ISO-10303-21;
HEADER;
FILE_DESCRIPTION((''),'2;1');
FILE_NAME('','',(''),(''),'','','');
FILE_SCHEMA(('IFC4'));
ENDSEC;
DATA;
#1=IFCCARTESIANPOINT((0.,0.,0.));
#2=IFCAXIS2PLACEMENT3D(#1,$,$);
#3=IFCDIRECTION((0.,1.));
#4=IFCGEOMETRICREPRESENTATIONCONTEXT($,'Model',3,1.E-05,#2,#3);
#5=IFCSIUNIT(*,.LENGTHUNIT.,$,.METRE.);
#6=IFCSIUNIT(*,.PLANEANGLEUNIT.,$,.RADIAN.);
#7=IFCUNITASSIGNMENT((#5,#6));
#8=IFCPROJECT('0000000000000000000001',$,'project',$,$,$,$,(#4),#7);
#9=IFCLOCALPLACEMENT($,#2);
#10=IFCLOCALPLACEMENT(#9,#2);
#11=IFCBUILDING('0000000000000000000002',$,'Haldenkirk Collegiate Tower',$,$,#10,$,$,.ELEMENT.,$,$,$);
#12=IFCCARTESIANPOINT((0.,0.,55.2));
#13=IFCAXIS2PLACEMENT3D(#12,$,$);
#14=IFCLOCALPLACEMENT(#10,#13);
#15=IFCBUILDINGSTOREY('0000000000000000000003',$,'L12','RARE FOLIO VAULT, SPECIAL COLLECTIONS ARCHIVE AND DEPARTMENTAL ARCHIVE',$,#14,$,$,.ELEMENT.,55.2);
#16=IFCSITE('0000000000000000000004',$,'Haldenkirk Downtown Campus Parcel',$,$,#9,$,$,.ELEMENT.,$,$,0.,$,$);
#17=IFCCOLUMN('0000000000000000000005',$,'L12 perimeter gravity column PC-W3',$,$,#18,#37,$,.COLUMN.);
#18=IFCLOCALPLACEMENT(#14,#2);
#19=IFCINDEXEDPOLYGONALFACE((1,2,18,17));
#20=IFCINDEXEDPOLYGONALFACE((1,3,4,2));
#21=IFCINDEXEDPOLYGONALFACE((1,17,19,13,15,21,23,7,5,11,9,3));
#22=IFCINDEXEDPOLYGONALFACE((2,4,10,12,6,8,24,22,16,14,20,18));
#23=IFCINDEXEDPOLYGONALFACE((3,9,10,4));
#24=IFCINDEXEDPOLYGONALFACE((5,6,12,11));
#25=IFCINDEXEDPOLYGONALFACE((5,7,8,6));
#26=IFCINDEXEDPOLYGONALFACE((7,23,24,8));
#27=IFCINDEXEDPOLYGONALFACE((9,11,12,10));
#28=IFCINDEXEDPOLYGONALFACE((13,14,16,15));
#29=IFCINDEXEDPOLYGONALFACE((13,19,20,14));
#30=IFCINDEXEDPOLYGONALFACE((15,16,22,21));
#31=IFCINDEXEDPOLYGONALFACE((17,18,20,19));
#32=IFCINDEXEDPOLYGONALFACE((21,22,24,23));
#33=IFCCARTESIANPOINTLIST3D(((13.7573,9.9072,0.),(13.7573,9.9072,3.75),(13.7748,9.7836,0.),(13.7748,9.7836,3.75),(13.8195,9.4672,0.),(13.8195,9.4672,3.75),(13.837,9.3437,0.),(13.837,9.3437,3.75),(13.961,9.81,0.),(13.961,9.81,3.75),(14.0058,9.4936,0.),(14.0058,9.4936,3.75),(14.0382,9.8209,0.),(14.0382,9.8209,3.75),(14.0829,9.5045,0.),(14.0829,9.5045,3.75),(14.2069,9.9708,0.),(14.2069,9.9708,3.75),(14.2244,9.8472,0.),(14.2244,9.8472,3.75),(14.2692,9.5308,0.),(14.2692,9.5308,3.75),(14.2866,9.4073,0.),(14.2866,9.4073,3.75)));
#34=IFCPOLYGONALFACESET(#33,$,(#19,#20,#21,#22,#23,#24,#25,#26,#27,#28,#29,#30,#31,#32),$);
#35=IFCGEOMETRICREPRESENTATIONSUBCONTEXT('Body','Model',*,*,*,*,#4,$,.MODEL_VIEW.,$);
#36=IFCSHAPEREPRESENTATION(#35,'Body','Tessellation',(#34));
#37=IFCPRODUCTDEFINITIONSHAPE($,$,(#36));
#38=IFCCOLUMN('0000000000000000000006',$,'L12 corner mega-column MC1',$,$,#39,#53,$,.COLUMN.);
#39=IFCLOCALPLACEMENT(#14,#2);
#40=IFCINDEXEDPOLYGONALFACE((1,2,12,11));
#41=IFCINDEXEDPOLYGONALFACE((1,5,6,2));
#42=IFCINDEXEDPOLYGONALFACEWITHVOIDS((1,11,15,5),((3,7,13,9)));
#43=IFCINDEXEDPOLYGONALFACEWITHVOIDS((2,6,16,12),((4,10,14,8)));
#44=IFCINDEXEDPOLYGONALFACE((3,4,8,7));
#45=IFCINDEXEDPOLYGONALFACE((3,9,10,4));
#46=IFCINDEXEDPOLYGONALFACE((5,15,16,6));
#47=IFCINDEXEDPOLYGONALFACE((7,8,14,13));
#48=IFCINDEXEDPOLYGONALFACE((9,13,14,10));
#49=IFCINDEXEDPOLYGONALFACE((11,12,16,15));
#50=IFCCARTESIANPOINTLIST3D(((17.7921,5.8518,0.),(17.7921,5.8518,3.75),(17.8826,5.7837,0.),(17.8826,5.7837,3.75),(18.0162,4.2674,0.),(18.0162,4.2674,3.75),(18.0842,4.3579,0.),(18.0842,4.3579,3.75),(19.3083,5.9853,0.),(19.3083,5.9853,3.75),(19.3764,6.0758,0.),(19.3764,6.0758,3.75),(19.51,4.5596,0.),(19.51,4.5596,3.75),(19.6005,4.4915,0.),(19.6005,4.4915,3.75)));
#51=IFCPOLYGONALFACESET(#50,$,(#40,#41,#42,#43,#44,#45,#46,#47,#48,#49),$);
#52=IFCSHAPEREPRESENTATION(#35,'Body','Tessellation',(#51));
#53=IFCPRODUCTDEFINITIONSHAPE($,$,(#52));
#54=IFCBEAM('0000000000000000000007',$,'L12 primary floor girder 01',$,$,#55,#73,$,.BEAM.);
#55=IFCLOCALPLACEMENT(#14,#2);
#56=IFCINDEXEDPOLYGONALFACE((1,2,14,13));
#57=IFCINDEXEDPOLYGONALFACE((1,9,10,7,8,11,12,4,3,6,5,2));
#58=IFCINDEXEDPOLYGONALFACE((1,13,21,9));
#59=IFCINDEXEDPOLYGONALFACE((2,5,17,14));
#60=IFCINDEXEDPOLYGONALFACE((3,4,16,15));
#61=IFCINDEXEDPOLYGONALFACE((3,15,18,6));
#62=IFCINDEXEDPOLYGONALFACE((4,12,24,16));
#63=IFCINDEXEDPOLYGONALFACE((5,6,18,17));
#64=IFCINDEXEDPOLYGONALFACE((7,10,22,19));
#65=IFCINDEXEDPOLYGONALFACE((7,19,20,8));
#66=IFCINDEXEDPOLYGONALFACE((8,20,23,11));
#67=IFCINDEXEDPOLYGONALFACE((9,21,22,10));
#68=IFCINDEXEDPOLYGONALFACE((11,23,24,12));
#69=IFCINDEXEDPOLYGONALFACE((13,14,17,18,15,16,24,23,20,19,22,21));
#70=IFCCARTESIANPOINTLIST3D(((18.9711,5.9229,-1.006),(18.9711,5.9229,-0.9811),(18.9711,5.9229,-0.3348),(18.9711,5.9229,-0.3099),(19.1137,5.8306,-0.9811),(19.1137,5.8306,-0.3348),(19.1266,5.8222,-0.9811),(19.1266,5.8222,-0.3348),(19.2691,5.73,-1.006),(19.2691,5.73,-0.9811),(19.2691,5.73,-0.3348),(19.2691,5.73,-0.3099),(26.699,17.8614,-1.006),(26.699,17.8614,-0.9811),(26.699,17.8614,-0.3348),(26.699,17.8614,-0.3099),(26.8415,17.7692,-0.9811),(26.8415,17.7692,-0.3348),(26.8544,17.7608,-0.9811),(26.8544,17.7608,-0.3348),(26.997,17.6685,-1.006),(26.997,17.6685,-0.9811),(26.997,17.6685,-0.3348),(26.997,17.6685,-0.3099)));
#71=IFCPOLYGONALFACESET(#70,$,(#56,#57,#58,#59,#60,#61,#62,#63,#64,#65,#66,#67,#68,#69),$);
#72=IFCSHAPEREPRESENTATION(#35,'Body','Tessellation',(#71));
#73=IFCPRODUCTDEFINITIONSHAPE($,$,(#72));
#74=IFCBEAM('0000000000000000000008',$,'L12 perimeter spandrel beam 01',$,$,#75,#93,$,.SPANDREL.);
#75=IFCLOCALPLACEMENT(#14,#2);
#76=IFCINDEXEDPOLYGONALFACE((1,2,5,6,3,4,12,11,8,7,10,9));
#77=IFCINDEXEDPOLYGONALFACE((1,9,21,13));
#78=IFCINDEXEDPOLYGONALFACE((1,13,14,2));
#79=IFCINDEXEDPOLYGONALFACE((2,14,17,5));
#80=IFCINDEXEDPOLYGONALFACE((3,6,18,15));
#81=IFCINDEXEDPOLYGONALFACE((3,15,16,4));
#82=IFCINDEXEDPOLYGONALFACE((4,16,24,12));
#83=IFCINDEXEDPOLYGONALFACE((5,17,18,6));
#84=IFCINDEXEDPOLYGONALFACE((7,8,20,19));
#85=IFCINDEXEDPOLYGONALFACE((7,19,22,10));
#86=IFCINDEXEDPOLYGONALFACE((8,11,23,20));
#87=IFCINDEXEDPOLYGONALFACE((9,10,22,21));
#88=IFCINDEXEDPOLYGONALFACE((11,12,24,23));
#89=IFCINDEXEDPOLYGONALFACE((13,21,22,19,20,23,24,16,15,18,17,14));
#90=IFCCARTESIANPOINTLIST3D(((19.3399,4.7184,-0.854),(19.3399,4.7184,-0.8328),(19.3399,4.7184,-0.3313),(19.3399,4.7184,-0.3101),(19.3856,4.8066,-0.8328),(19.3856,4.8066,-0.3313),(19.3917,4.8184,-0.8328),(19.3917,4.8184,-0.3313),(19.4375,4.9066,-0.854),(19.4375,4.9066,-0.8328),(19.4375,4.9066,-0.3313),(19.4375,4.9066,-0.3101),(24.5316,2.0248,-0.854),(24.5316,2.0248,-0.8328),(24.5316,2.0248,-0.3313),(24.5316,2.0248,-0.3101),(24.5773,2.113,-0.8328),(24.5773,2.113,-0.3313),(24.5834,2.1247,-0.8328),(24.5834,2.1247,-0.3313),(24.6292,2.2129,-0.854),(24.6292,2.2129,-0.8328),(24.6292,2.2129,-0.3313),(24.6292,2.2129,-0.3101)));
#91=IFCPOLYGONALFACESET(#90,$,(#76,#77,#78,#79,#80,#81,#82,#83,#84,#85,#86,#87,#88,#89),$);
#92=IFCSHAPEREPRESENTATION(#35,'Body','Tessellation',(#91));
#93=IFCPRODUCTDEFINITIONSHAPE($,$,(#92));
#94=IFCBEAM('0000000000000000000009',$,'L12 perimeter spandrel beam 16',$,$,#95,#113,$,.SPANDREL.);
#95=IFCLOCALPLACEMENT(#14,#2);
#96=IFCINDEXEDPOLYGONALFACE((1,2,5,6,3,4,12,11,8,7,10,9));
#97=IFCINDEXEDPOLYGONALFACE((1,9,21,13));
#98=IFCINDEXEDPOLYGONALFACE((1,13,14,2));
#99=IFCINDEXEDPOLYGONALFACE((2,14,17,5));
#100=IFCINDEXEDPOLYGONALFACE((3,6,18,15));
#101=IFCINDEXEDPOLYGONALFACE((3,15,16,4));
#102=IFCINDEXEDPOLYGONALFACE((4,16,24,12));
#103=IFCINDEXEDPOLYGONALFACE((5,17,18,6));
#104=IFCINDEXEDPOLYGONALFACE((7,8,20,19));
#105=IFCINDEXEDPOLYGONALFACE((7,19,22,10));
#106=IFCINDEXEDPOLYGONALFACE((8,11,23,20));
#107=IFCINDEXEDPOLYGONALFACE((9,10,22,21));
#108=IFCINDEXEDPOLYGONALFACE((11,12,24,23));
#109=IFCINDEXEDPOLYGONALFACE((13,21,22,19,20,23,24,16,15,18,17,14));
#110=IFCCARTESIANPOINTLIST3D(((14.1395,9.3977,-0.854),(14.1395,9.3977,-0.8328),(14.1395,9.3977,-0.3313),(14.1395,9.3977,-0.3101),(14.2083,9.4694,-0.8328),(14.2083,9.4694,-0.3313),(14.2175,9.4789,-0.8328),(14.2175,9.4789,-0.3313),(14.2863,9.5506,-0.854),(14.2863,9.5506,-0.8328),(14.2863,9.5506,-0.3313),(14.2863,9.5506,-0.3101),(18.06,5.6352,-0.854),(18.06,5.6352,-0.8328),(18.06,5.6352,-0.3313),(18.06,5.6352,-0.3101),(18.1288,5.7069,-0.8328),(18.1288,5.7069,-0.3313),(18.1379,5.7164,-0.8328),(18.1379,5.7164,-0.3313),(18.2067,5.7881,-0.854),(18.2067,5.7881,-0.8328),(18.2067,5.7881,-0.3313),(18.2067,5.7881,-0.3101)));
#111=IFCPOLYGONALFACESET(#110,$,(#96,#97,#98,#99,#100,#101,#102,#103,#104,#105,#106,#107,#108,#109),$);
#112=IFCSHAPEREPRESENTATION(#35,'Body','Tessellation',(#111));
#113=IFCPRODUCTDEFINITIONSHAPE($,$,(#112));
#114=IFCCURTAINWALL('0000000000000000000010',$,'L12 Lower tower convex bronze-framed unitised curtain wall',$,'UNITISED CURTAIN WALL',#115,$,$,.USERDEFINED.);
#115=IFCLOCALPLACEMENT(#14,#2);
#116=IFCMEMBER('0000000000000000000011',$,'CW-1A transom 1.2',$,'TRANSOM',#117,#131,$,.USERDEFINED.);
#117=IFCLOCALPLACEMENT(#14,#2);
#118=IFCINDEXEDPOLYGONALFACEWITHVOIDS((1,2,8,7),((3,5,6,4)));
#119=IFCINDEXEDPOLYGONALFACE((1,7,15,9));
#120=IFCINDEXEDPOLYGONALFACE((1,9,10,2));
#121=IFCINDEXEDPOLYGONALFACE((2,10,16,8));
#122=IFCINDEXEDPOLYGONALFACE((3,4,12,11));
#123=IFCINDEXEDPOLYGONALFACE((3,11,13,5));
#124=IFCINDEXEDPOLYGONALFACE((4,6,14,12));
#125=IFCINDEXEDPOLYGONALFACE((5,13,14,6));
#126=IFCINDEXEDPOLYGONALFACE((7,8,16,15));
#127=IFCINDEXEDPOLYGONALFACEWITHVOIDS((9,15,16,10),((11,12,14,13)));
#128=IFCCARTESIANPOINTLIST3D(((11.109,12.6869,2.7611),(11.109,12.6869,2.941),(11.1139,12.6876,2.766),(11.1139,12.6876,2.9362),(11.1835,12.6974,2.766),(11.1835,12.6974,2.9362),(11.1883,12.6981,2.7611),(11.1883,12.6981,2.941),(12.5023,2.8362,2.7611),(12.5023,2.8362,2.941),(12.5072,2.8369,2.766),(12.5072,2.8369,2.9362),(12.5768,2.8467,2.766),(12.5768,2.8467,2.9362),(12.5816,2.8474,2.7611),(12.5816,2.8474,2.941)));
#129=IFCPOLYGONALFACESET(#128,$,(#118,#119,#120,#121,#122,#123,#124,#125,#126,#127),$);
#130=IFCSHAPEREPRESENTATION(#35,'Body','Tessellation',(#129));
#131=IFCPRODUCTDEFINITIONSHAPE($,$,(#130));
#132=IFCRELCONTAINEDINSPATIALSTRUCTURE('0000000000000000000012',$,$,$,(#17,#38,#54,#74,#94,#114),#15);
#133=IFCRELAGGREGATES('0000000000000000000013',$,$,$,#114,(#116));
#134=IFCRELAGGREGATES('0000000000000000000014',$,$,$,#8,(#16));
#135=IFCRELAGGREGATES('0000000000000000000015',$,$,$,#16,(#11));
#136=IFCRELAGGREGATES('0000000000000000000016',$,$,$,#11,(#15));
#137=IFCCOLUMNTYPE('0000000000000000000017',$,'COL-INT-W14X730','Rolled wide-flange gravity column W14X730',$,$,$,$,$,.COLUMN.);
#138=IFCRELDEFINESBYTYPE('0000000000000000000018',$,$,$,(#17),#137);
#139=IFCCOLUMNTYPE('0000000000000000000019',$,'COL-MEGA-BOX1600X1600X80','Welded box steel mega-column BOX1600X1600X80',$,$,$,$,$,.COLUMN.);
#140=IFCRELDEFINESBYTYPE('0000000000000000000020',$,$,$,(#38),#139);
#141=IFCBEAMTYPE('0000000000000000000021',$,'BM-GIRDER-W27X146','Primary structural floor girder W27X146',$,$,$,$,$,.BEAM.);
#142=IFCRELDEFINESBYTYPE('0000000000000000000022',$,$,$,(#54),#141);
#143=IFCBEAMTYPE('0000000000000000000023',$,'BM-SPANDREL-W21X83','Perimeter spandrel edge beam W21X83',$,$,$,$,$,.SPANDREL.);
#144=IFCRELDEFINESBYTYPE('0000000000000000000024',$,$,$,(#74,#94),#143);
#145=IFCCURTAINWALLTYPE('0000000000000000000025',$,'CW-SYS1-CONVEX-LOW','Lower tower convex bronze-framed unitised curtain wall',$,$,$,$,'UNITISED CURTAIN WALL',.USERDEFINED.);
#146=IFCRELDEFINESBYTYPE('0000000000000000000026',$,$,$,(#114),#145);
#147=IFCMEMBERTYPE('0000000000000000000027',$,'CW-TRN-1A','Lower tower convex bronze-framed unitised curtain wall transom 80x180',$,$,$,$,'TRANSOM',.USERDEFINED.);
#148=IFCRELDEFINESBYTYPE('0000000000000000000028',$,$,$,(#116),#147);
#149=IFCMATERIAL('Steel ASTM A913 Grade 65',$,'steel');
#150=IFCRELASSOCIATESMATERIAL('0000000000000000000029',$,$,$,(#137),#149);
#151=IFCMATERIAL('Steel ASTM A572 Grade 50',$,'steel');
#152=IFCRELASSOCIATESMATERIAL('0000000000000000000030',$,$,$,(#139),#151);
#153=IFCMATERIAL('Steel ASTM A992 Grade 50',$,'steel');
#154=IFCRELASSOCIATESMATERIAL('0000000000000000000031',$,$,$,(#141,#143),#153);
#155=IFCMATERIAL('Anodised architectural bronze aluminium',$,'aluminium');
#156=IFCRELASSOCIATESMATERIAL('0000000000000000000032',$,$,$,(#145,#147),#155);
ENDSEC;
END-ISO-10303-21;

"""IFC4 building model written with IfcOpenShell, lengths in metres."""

from ifc_helpers import new_model, si_unit, direction, frame, origin, origin_2d, place, context, subcontext, project, spatial, hollow_rectangle, i_section, extrude, material, material_profile, profile_set, type_object, element, aggregate, save


model = new_model("IFC4")

# Units and contexts
model_context = context("Model", 3, precision=1e-05, world=origin(), true_north=direction((0.0, 1.0)))
body_context = subcontext(model_context, "Body", "Model", "MODEL_VIEW")
ifc_project = project(units=[si_unit("LENGTHUNIT", "METRE"), si_unit("PLANEANGLEUNIT", "RADIAN")], contexts=[model_context])

# Site, building, storey
site_placement = place(None, origin())
site = spatial("IfcSite", under=ifc_project, at=site_placement, Name="Haldenkirk Downtown Campus Parcel", CompositionType="ELEMENT", RefElevation=0.0)
building_placement = place(site_placement, origin())
building = spatial("IfcBuilding", under=site, at=building_placement, Name="Haldenkirk Collegiate Tower", CompositionType="ELEMENT")
storey_placement = place(building_placement, frame((0.0, 0.0, 55.2)))
storey = spatial("IfcBuildingStorey", under=building, at=storey_placement, Name="L12", Description="RARE FOLIO VAULT, SPECIAL COLLECTIONS ARCHIVE AND DEPARTMENTAL ARCHIVE", CompositionType="ELEMENT", Elevation=55.2)

# Columns
ifc_material_1 = material(Name="Steel ASTM A913 Grade 65", Category="steel")
ifc_material_profile_1 = material_profile(ifc_material_1, i_section(OverallWidth=0.4541, OverallDepth=0.5691, WebThickness=0.0779, FlangeThickness=0.1248, at=origin_2d()), Name="W14X730")
ifc_profile_set_1 = profile_set([ifc_material_profile_1], Name="Steel ASTM A913 Grade 65")
column_type_1 = type_object("IfcColumnType", Name="COL-INT-W14X730", Description="Rolled wide-flange gravity column W14X730", PredefinedType="COLUMN", material=ifc_profile_set_1)
column_1_placement = place(storey_placement, frame((14.022, 9.6572, 0.0), z_axis=(0.0, 0.0, 1.0), x_axis=(0.990146, 0.140037, 0.0)))
element("IfcColumn", 1, at=column_1_placement, inside=storey, type_object=column_type_1, Name="L12 perimeter gravity column PC-W3", PredefinedType="COLUMN", context=body_context, shape_type="SweptSolid", body=[
    extrude(i_section(OverallWidth=0.4541, OverallDepth=0.5691, WebThickness=0.0779, FlangeThickness=0.1248, at=origin_2d()), origin(), (0.0, 0.0, 1.0), 3.75),
])
ifc_material_2 = material(Name="Steel ASTM A572 Grade 50", Category="steel")
ifc_material_profile_2 = material_profile(ifc_material_2, hollow_rectangle(XDim=1.6001, YDim=1.6001, WallThickness=0.0801, at=origin_2d()), Name="BOX1600X1600X80")
ifc_profile_set_2 = profile_set([ifc_material_profile_2], Name="Steel ASTM A572 Grade 50")
column_type_2 = type_object("IfcColumnType", Name="COL-MEGA-BOX1600X1600X80", Description="Welded box steel mega-column BOX1600X1600X80", PredefinedType="COLUMN", material=ifc_profile_set_2)
column_2_placement = place(storey_placement, frame((18.6963, 5.1716, 0.0), z_axis=(0.0, 0.0, 1.0), x_axis=(0.990146, 0.140037, 0.0)))
element("IfcColumn", 2, at=column_2_placement, inside=storey, type_object=column_type_2, Name="L12 corner mega-column MC1", PredefinedType="COLUMN", context=body_context, shape_type="SweptSolid", body=[
    extrude(hollow_rectangle(XDim=1.6001, YDim=1.6001, WallThickness=0.0801, at=origin_2d()), origin(), (0.0, 0.0, 1.0), 3.75),
])

# Beams
ifc_material_3 = material(Name="Steel ASTM A992 Grade 50", Category="steel")
ifc_material_profile_3 = material_profile(ifc_material_3, i_section(OverallWidth=0.355, OverallDepth=0.696, WebThickness=0.0154, FlangeThickness=0.0249, at=origin_2d()), Name="W27X146")
ifc_profile_set_3 = profile_set([ifc_material_profile_3], Name="Steel ASTM A992 Grade 50")
beam_type_1 = type_object("IfcBeamType", Name="BM-GIRDER-W27X146", Description="Primary structural floor girder W27X146", PredefinedType="BEAM", material=ifc_profile_set_3)
beam_1_placement = place(storey_placement, frame((19.1201, 5.8264, -0.658), z_axis=(0.543394, 0.839478, 0.0), x_axis=(-0.839478, 0.543394, 0.0)))
element("IfcBeam", 3, at=beam_1_placement, inside=storey, type_object=beam_type_1, Name="L12 primary floor girder 01", PredefinedType="BEAM", context=body_context, shape_type="SweptSolid", body=[
    extrude(i_section(OverallWidth=0.355, OverallDepth=0.696, WebThickness=0.0154, FlangeThickness=0.0249, at=origin_2d()), origin(), (0.0, 0.0, 1.0), 14.2214),
])
ifc_material_profile_4 = material_profile(ifc_material_3, i_section(OverallWidth=0.2119, OverallDepth=0.5439, WebThickness=0.0132, FlangeThickness=0.0212, at=origin_2d()), Name="W21X83")
ifc_profile_set_4 = profile_set([ifc_material_profile_4], Name="Steel ASTM A992 Grade 50")
beam_type_2 = type_object("IfcBeamType", Name="BM-SPANDREL-W21X83", Description="Perimeter spandrel edge beam W21X83", PredefinedType="SPANDREL", material=ifc_profile_set_4)
beam_2_placement = place(storey_placement, frame((19.3887, 4.8125, -0.582), z_axis=(0.88764, -0.460538, 0.0), x_axis=(0.460538, 0.88764, 0.0)))
element("IfcBeam", 4, at=beam_2_placement, inside=storey, type_object=beam_type_2, Name="L12 perimeter spandrel beam 01", PredefinedType="SPANDREL", context=body_context, shape_type="SweptSolid", body=[
    extrude(i_section(OverallWidth=0.2119, OverallDepth=0.5439, WebThickness=0.0132, FlangeThickness=0.0212, at=origin_2d()), origin(), (0.0, 0.0, 1.0), 5.8489),
])
beam_3_placement = place(storey_placement, frame((14.2129, 9.4741, -0.582), z_axis=(0.721492, -0.692422, 0.0), x_axis=(0.692422, 0.721492, 0.0)))
element("IfcBeam", 5, at=beam_3_placement, inside=storey, type_object=beam_type_2, Name="L12 perimeter spandrel beam 16", PredefinedType="SPANDREL", context=body_context, shape_type="SweptSolid", body=[
    extrude(i_section(OverallWidth=0.2119, OverallDepth=0.5439, WebThickness=0.0132, FlangeThickness=0.0212, at=origin_2d()), origin(), (0.0, 0.0, 1.0), 5.4338),
])

# Curtain wall, member
ifc_material_4 = material(Name="Anodised architectural bronze aluminium", Category="aluminium")
curtain_wall_type = type_object("IfcCurtainWallType", Name="CW-SYS1-CONVEX-LOW", Description="Lower tower convex bronze-framed unitised curtain wall", ElementType="UNITISED CURTAIN WALL", PredefinedType="USERDEFINED", material=ifc_material_4)
curtain_wall_placement = place(storey_placement, origin())
curtain_wall = element("IfcCurtainWall", 6, at=curtain_wall_placement, inside=storey, type_object=curtain_wall_type, Name="L12 Lower tower convex bronze-framed unitised curtain wall", ObjectType="UNITISED CURTAIN WALL", PredefinedType="USERDEFINED")
ifc_material_profile_5 = material_profile(ifc_material_4, hollow_rectangle(XDim=0.0801, YDim=0.1799, WallThickness=0.0049, at=origin_2d()), Name="CW-TRN-1A")
ifc_profile_set_5 = profile_set([ifc_material_profile_5], Name="Anodised architectural bronze aluminium")
member_type = type_object("IfcMemberType", Name="CW-TRN-1A", Description="Lower tower convex bronze-framed unitised curtain wall transom 80x180", ElementType="TRANSOM", PredefinedType="USERDEFINED", material=ifc_profile_set_5)
member_placement = place(storey_placement, frame((12.542, 2.8418, 2.8511), z_axis=(-0.14005, 0.990144, 0.0), x_axis=(-0.990144, -0.14005, 0.0)))
member = element("IfcMember", 7, at=member_placement, type_object=member_type, Name="CW-1A transom 1.2", ObjectType="TRANSOM", PredefinedType="USERDEFINED", context=body_context, shape_type="SweptSolid", body=[
    extrude(hollow_rectangle(XDim=0.0801, YDim=0.1799, WallThickness=0.0049, at=origin_2d()), origin(), (0.0, 0.0, 1.0), 9.9487),
])
aggregate(curtain_wall, [member])

save(model, "model.ifc")
